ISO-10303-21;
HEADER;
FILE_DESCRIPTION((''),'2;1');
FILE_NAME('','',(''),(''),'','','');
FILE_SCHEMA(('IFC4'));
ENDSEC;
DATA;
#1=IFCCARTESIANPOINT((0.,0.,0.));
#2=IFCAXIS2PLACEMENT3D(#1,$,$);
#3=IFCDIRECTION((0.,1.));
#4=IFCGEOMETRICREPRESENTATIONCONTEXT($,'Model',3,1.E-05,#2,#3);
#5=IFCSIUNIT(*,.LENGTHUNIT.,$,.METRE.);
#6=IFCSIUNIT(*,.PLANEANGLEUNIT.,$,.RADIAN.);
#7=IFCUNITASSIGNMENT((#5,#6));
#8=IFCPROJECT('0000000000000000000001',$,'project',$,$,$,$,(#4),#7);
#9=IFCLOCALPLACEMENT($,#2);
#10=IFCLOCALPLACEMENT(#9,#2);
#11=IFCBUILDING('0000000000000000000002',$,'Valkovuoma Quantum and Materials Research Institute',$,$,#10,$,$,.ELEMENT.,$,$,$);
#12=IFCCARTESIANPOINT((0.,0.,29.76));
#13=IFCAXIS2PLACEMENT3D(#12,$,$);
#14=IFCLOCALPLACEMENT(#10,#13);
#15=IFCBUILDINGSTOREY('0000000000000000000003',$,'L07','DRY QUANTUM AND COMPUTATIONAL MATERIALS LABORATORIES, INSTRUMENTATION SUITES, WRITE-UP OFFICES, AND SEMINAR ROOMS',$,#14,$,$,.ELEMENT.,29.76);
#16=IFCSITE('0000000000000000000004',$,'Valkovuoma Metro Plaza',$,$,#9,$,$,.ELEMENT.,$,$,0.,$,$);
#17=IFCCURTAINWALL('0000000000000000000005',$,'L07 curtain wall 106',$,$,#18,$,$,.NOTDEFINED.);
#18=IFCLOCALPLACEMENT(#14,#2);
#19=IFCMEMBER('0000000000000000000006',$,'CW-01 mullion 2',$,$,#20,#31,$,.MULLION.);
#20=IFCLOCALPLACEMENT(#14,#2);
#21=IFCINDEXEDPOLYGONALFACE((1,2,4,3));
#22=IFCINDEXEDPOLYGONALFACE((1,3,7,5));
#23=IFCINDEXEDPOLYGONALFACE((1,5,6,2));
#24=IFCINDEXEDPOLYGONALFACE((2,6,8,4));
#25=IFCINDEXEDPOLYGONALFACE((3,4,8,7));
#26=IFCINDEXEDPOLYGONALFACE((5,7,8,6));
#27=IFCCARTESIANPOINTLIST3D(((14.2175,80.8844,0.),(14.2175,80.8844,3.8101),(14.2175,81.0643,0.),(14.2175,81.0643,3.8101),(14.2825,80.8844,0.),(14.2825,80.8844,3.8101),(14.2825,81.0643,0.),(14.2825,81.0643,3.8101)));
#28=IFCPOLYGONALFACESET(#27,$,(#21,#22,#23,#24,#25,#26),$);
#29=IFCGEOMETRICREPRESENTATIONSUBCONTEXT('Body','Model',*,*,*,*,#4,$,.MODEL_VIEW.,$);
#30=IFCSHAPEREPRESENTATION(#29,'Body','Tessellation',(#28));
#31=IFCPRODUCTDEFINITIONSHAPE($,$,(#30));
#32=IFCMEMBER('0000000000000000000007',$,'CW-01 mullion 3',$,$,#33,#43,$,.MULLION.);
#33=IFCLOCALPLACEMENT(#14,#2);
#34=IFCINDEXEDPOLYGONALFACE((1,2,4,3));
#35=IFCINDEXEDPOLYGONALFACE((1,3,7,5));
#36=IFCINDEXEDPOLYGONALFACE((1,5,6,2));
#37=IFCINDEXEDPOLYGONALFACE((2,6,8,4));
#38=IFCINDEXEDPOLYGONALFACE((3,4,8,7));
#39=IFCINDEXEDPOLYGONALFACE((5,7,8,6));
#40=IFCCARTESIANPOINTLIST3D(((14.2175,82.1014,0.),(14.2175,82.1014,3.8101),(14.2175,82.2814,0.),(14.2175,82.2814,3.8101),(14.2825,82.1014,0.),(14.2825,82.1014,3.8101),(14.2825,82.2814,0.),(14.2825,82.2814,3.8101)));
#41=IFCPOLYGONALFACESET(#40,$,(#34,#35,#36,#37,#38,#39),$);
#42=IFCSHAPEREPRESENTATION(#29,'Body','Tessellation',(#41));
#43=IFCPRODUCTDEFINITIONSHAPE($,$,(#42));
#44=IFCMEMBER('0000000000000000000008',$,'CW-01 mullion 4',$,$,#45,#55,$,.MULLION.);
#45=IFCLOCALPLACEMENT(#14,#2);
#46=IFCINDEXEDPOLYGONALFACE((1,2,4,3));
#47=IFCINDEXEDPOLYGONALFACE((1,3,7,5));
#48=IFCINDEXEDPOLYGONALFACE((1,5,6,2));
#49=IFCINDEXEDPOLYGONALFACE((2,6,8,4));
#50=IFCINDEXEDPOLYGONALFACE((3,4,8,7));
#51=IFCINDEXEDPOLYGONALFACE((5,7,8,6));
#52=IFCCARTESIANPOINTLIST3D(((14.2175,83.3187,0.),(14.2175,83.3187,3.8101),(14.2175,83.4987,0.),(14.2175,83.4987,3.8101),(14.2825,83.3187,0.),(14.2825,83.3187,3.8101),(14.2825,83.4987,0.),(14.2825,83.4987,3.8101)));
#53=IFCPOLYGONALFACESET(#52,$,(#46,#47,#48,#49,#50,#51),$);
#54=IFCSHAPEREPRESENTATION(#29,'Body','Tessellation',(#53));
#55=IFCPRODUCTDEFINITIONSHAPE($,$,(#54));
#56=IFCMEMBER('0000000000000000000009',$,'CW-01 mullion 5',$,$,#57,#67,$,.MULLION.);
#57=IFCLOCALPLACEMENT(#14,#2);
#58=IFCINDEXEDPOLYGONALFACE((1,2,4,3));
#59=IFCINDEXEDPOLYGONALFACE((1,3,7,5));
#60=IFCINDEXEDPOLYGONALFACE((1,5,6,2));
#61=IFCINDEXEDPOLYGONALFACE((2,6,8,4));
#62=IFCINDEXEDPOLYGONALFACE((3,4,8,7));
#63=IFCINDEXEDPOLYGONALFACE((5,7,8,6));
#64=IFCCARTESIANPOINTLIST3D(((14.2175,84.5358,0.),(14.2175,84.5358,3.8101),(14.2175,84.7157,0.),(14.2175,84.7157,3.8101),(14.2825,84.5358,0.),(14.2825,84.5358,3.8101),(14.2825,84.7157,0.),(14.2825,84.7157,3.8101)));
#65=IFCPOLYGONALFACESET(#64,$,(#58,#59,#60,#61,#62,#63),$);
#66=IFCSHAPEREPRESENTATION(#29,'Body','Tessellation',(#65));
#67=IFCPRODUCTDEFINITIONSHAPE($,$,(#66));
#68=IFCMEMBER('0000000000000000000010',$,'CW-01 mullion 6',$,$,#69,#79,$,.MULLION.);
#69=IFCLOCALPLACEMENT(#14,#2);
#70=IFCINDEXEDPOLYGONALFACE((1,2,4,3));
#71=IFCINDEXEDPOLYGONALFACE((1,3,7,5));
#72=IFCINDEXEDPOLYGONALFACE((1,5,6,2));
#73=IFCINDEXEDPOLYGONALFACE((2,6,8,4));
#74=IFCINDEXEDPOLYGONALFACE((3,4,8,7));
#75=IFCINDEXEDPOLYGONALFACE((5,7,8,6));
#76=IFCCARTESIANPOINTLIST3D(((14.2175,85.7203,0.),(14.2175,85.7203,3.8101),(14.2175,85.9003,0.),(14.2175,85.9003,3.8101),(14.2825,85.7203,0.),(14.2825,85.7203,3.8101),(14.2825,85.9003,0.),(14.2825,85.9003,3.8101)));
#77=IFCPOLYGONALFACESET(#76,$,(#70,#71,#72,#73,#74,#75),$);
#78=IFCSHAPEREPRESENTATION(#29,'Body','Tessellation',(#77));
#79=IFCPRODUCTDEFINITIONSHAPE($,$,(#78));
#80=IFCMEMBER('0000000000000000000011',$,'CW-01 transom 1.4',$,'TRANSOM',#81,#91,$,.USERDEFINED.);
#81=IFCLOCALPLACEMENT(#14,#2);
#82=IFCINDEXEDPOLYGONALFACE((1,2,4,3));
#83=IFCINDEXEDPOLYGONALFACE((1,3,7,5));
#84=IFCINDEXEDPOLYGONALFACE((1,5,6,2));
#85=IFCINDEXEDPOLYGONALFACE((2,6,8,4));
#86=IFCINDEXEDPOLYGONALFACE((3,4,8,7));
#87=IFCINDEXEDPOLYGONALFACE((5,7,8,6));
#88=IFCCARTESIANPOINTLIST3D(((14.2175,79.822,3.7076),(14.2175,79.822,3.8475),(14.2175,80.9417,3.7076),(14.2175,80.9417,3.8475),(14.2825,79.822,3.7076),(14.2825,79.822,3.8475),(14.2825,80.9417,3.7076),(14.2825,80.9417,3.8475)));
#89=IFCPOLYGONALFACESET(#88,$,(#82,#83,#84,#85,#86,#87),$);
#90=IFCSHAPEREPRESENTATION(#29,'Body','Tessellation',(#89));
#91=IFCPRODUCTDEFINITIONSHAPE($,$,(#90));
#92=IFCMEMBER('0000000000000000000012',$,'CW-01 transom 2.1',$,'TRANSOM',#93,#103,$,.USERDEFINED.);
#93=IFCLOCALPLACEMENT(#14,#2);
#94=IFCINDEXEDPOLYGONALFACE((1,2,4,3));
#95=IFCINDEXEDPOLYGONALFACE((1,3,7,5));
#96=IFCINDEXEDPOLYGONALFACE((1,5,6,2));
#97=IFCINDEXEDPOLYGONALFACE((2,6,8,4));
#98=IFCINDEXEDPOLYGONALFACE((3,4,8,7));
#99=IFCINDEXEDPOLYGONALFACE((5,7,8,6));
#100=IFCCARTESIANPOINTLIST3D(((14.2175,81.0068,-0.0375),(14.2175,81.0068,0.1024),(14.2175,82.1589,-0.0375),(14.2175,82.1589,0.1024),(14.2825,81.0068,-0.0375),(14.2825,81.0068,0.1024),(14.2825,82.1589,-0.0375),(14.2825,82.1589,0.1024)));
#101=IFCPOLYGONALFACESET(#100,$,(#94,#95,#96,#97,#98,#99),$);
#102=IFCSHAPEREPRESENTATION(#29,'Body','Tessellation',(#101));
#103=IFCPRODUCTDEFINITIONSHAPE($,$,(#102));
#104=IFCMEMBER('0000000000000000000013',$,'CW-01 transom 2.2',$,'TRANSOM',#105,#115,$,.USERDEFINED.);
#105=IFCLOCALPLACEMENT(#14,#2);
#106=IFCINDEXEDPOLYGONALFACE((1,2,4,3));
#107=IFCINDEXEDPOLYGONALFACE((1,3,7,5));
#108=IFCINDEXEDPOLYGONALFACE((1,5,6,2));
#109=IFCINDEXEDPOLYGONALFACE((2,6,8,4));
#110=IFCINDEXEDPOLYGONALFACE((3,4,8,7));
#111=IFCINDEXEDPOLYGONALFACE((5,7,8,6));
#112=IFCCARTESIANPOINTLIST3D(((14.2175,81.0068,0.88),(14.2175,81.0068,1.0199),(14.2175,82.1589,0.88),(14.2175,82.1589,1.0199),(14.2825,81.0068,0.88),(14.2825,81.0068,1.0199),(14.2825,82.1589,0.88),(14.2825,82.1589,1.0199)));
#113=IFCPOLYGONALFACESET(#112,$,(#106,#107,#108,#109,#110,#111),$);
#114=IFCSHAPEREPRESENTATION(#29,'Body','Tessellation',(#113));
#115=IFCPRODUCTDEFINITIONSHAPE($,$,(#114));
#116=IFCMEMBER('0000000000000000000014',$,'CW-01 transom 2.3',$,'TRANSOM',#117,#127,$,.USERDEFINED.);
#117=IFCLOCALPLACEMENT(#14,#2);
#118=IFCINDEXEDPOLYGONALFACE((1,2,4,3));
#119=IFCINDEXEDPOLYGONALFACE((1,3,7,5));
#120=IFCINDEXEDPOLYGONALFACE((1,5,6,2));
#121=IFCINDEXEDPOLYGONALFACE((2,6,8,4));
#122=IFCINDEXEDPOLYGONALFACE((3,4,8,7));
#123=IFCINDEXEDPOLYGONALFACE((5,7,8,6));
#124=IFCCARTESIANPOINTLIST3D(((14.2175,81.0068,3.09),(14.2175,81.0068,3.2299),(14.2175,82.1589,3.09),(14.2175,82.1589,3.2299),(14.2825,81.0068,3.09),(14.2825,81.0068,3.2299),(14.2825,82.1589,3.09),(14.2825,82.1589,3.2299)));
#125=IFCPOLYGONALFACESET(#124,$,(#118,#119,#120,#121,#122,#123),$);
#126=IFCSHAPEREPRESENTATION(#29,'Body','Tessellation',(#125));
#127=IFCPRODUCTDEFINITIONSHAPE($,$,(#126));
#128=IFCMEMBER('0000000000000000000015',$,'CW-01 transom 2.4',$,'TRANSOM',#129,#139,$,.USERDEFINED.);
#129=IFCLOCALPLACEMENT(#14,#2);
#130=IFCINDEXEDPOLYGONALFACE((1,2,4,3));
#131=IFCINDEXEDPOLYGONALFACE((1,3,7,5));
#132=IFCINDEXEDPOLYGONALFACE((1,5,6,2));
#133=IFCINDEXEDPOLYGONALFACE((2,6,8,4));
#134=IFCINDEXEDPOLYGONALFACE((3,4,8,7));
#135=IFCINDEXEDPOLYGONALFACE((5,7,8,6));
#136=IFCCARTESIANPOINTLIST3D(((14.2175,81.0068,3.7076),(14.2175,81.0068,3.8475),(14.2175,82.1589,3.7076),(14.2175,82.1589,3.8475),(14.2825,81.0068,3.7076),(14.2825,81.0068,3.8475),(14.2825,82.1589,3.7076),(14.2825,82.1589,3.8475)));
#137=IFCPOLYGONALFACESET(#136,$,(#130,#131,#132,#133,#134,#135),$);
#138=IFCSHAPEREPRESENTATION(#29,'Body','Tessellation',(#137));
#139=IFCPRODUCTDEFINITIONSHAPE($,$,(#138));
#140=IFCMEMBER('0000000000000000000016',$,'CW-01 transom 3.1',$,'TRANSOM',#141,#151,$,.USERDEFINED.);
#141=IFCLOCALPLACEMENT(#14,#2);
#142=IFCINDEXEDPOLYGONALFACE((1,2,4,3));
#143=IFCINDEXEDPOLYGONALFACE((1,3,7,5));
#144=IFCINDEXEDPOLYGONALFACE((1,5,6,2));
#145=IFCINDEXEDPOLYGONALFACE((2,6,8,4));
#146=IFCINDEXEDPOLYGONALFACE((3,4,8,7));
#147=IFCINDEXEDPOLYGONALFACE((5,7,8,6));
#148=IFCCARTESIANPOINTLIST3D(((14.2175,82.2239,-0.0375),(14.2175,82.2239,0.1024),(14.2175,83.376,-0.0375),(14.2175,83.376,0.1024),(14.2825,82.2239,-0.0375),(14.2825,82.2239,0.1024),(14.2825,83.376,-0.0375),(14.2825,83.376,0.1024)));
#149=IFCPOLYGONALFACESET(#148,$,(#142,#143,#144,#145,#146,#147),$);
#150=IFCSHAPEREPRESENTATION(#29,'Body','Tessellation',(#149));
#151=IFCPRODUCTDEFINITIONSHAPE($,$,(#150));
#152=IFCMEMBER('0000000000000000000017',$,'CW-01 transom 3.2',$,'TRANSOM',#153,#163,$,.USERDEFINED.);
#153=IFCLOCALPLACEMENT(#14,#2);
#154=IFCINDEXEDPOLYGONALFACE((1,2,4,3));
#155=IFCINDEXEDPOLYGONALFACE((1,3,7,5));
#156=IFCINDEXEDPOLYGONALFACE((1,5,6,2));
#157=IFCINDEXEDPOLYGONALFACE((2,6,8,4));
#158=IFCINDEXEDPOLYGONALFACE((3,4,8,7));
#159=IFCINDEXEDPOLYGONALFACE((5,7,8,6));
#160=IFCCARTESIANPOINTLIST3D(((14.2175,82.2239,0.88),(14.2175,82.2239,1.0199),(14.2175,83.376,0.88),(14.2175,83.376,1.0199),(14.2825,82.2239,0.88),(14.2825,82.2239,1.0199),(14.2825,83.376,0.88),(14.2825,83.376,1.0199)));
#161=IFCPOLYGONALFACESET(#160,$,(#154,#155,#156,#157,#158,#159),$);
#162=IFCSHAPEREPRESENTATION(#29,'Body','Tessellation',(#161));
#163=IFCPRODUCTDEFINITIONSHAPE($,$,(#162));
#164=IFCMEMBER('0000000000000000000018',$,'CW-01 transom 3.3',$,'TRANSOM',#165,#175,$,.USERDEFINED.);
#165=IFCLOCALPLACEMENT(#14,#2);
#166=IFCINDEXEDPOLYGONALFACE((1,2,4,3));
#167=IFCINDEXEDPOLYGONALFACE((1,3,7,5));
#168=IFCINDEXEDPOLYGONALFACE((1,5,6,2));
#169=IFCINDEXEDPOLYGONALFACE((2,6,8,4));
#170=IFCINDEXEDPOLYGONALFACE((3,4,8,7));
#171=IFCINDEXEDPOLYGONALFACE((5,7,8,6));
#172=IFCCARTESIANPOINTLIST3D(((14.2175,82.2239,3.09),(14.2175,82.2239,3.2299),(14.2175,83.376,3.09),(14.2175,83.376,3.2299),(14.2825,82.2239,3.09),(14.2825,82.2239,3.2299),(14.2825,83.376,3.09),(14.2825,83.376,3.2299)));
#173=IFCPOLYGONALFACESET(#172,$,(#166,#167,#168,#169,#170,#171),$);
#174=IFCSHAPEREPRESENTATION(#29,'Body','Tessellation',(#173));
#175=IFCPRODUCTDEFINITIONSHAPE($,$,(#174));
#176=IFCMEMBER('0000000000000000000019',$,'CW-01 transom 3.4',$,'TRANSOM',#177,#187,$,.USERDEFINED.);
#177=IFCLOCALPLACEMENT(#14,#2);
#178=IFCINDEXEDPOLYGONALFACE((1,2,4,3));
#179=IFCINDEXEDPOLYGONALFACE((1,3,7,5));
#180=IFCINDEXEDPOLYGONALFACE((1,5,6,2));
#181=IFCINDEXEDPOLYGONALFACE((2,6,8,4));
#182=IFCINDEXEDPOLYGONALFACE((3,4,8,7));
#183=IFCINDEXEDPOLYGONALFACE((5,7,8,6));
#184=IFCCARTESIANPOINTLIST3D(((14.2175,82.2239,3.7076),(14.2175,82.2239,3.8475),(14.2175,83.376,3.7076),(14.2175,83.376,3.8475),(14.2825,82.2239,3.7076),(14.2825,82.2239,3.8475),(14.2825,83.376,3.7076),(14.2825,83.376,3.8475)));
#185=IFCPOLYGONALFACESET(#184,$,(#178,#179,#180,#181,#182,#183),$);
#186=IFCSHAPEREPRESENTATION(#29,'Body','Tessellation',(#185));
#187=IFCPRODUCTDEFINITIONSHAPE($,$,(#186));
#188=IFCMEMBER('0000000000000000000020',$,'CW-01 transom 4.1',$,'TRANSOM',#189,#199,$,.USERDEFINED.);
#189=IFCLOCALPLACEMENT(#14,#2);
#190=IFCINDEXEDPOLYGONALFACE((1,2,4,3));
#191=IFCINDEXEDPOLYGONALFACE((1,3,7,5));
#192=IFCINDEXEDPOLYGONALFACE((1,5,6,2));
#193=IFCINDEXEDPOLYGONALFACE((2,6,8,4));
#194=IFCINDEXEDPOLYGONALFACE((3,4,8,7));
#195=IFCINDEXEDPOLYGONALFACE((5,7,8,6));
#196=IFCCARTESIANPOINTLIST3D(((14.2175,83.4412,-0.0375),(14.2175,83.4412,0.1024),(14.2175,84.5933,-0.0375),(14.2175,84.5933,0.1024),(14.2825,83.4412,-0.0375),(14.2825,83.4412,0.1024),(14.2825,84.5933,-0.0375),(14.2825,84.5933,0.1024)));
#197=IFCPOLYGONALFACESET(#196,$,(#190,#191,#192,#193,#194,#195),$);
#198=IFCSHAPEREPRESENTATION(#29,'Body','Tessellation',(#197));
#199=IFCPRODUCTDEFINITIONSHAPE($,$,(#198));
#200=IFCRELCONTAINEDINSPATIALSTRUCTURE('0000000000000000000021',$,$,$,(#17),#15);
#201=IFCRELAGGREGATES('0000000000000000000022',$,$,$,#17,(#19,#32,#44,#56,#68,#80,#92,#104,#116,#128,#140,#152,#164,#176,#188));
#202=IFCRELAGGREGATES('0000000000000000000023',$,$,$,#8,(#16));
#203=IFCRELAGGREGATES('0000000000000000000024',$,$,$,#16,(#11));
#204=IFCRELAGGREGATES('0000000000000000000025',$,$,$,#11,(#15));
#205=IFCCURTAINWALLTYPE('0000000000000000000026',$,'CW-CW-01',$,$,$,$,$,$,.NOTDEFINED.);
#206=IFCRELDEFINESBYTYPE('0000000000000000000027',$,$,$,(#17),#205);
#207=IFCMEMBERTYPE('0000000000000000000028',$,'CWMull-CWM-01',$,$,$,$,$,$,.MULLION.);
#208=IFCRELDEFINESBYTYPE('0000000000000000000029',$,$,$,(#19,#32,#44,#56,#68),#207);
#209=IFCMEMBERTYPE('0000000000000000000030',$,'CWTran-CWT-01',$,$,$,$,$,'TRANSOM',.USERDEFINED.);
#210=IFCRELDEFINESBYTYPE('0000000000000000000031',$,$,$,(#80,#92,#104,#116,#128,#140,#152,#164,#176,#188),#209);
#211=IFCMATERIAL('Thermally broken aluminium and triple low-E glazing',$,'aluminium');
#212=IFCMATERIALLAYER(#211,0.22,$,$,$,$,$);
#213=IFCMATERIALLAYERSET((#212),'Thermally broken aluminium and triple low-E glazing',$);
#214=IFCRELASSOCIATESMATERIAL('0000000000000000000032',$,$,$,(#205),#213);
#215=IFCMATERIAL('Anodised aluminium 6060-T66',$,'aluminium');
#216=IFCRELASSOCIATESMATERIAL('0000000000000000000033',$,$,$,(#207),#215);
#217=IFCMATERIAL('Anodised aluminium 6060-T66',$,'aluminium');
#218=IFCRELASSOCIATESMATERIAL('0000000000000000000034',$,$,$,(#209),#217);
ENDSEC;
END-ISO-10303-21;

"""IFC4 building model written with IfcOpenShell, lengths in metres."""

from ifc_helpers import new_model, si_unit, direction, frame, origin, origin_2d, place, context, subcontext, project, spatial, rectangle, extrude, material, layer, layer_set, material_profile, profile_set, type_object, element, aggregate, save


model = new_model("IFC4")

# Units and contexts
model_context = context("Model", 3, precision=1e-05, world=origin(), true_north=direction((0.0, 1.0)))
body_context = subcontext(model_context, "Body", "Model", "MODEL_VIEW")
ifc_project = project(units=[si_unit("LENGTHUNIT", "METRE"), si_unit("PLANEANGLEUNIT", "RADIAN")], contexts=[model_context])

# Site, building, storey
site_placement = place(None, origin())
site = spatial("IfcSite", under=ifc_project, at=site_placement, Name="Valkovuoma Metro Plaza", CompositionType="ELEMENT", RefElevation=0.0)
building_placement = place(site_placement, origin())
building = spatial("IfcBuilding", under=site, at=building_placement, Name="Valkovuoma Quantum and Materials Research Institute", CompositionType="ELEMENT")
storey_placement = place(building_placement, frame((0.0, 0.0, 29.76)))
storey = spatial("IfcBuildingStorey", under=building, at=storey_placement, Name="L07", Description="DRY QUANTUM AND COMPUTATIONAL MATERIALS LABORATORIES, INSTRUMENTATION SUITES, WRITE-UP OFFICES, AND SEMINAR ROOMS", CompositionType="ELEMENT", Elevation=29.76)

# Curtain wall, members
ifc_material_1 = material(Name="Thermally broken aluminium and triple low-E glazing", Category="aluminium")
ifc_layer_1 = layer(ifc_material_1, 0.22)
ifc_layer_set_1 = layer_set([ifc_layer_1], Name="Thermally broken aluminium and triple low-E glazing")
curtain_wall_type = type_object("IfcCurtainWallType", Name="CW-CW-01", PredefinedType="NOTDEFINED", material=ifc_layer_set_1)
curtain_wall_placement = place(storey_placement, origin())
curtain_wall = element("IfcCurtainWall", 1, at=curtain_wall_placement, inside=storey, type_object=curtain_wall_type, Name="L07 curtain wall 106", PredefinedType="NOTDEFINED")
ifc_material_2 = material(Name="Anodised aluminium 6060-T66", Category="aluminium")
ifc_material_profile_1 = material_profile(ifc_material_2, rectangle(XDim=0.0649, YDim=0.1799, at=origin_2d()), Name="Anodised aluminium 6060-T66")
ifc_profile_set_1 = profile_set([ifc_material_profile_1], Name="Anodised aluminium 6060-T66")
member_type_1 = type_object("IfcMemberType", Name="CWMull-CWM-01", PredefinedType="MULLION", material=ifc_profile_set_1)
member_1_placement = place(storey_placement, frame((14.25, 80.9744, 0.0), z_axis=(0.0, 0.0, 1.0), x_axis=(-1.0, 0.0, 0.0)))
member_1 = element("IfcMember", 2, at=member_1_placement, type_object=member_type_1, Name="CW-01 mullion 2", PredefinedType="MULLION", context=body_context, shape_type="SweptSolid", body=[
    extrude(rectangle(XDim=0.0649, YDim=0.1799, at=origin_2d()), origin(), (0.0, 0.0, 1.0), 3.8101),
])
member_2_placement = place(storey_placement, frame((14.25, 82.1914, 0.0), z_axis=(0.0, 0.0, 1.0), x_axis=(-1.0, 0.0, 0.0)))
member_2 = element("IfcMember", 3, at=member_2_placement, type_object=member_type_1, Name="CW-01 mullion 3", PredefinedType="MULLION", context=body_context, shape_type="SweptSolid", body=[
    extrude(rectangle(XDim=0.0649, YDim=0.1799, at=origin_2d()), origin(), (0.0, 0.0, 1.0), 3.8101),
])
member_3_placement = place(storey_placement, frame((14.25, 83.4087, 0.0), z_axis=(0.0, 0.0, 1.0), x_axis=(-1.0, 0.0, 0.0)))
member_3 = element("IfcMember", 4, at=member_3_placement, type_object=member_type_1, Name="CW-01 mullion 4", PredefinedType="MULLION", context=body_context, shape_type="SweptSolid", body=[
    extrude(rectangle(XDim=0.0649, YDim=0.1799, at=origin_2d()), origin(), (0.0, 0.0, 1.0), 3.8101),
])
member_4_placement = place(storey_placement, frame((14.25, 84.6257, 0.0), z_axis=(0.0, 0.0, 1.0), x_axis=(-1.0, 0.0, 0.0)))
member_4 = element("IfcMember", 5, at=member_4_placement, type_object=member_type_1, Name="CW-01 mullion 5", PredefinedType="MULLION", context=body_context, shape_type="SweptSolid", body=[
    extrude(rectangle(XDim=0.0649, YDim=0.1799, at=origin_2d()), origin(), (0.0, 0.0, 1.0), 3.8101),
])
member_5_placement = place(storey_placement, frame((14.25, 85.8103, 0.0), z_axis=(0.0, 0.0, 1.0), x_axis=(-1.0, 0.0, 0.0)))
member_5 = element("IfcMember", 6, at=member_5_placement, type_object=member_type_1, Name="CW-01 mullion 6", PredefinedType="MULLION", context=body_context, shape_type="SweptSolid", body=[
    extrude(rectangle(XDim=0.0649, YDim=0.1799, at=origin_2d()), origin(), (0.0, 0.0, 1.0), 3.8101),
])
ifc_material_3 = material(Name="Anodised aluminium 6060-T66", Category="aluminium")
ifc_material_profile_2 = material_profile(ifc_material_3, rectangle(XDim=0.0649, YDim=0.1399, at=origin_2d()), Name="Anodised aluminium 6060-T66")
ifc_profile_set_2 = profile_set([ifc_material_profile_2], Name="Anodised aluminium 6060-T66")
member_type_2 = type_object("IfcMemberType", Name="CWTran-CWT-01", ElementType="TRANSOM", PredefinedType="USERDEFINED", material=ifc_profile_set_2)
member_6_placement = place(storey_placement, frame((14.25, 79.822, 3.7776), z_axis=(0.0, 1.0, 0.0), x_axis=(-1.0, 0.0, 0.0)))
member_6 = element("IfcMember", 7, at=member_6_placement, type_object=member_type_2, Name="CW-01 transom 1.4", ObjectType="TRANSOM", PredefinedType="USERDEFINED", context=body_context, shape_type="SweptSolid", body=[
    extrude(rectangle(XDim=0.0649, YDim=0.1399, at=origin_2d()), origin(), (0.0, 0.0, 1.0), 1.1196),
])
member_7_placement = place(storey_placement, frame((14.25, 81.0068, 0.0325), z_axis=(0.0, 1.0, 0.0), x_axis=(-1.0, 0.0, 0.0)))
member_7 = element("IfcMember", 8, at=member_7_placement, type_object=member_type_2, Name="CW-01 transom 2.1", ObjectType="TRANSOM", PredefinedType="USERDEFINED", context=body_context, shape_type="SweptSolid", body=[
    extrude(rectangle(XDim=0.0649, YDim=0.1399, at=origin_2d()), origin(), (0.0, 0.0, 1.0), 1.1521),
])
member_8_placement = place(storey_placement, frame((14.25, 81.0068, 0.95), z_axis=(0.0, 1.0, 0.0), x_axis=(-1.0, 0.0, 0.0)))
member_8 = element("IfcMember", 9, at=member_8_placement, type_object=member_type_2, Name="CW-01 transom 2.2", ObjectType="TRANSOM", PredefinedType="USERDEFINED", context=body_context, shape_type="SweptSolid", body=[
    extrude(rectangle(XDim=0.0649, YDim=0.1399, at=origin_2d()), origin(), (0.0, 0.0, 1.0), 1.1521),
])
member_9_placement = place(storey_placement, frame((14.25, 81.0068, 3.1599), z_axis=(0.0, 1.0, 0.0), x_axis=(-1.0, 0.0, 0.0)))
member_9 = element("IfcMember", 10, at=member_9_placement, type_object=member_type_2, Name="CW-01 transom 2.3", ObjectType="TRANSOM", PredefinedType="USERDEFINED", context=body_context, shape_type="SweptSolid", body=[
    extrude(rectangle(XDim=0.0649, YDim=0.1399, at=origin_2d()), origin(), (0.0, 0.0, 1.0), 1.1521),
])
member_10_placement = place(storey_placement, frame((14.25, 81.0068, 3.7776), z_axis=(0.0, 1.0, 0.0), x_axis=(-1.0, 0.0, 0.0)))
member_10 = element("IfcMember", 11, at=member_10_placement, type_object=member_type_2, Name="CW-01 transom 2.4", ObjectType="TRANSOM", PredefinedType="USERDEFINED", context=body_context, shape_type="SweptSolid", body=[
    extrude(rectangle(XDim=0.0649, YDim=0.1399, at=origin_2d()), origin(), (0.0, 0.0, 1.0), 1.1521),
])
member_11_placement = place(storey_placement, frame((14.25, 82.2239, 0.0325), z_axis=(0.0, 1.0, 0.0), x_axis=(-1.0, 0.0, 0.0)))
member_11 = element("IfcMember", 12, at=member_11_placement, type_object=member_type_2, Name="CW-01 transom 3.1", ObjectType="TRANSOM", PredefinedType="USERDEFINED", context=body_context, shape_type="SweptSolid", body=[
    extrude(rectangle(XDim=0.0649, YDim=0.1399, at=origin_2d()), origin(), (0.0, 0.0, 1.0), 1.1521),
])
member_12_placement = place(storey_placement, frame((14.25, 82.2239, 0.95), z_axis=(0.0, 1.0, 0.0), x_axis=(-1.0, 0.0, 0.0)))
member_12 = element("IfcMember", 13, at=member_12_placement, type_object=member_type_2, Name="CW-01 transom 3.2", ObjectType="TRANSOM", PredefinedType="USERDEFINED", context=body_context, shape_type="SweptSolid", body=[
    extrude(rectangle(XDim=0.0649, YDim=0.1399, at=origin_2d()), origin(), (0.0, 0.0, 1.0), 1.1521),
])
member_13_placement = place(storey_placement, frame((14.25, 82.2239, 3.1599), z_axis=(0.0, 1.0, 0.0), x_axis=(-1.0, 0.0, 0.0)))
member_13 = element("IfcMember", 14, at=member_13_placement, type_object=member_type_2, Name="CW-01 transom 3.3", ObjectType="TRANSOM", PredefinedType="USERDEFINED", context=body_context, shape_type="SweptSolid", body=[
    extrude(rectangle(XDim=0.0649, YDim=0.1399, at=origin_2d()), origin(), (0.0, 0.0, 1.0), 1.1521),
])
member_14_placement = place(storey_placement, frame((14.25, 82.2239, 3.7776), z_axis=(0.0, 1.0, 0.0), x_axis=(-1.0, 0.0, 0.0)))
member_14 = element("IfcMember", 15, at=member_14_placement, type_object=member_type_2, Name="CW-01 transom 3.4", ObjectType="TRANSOM", PredefinedType="USERDEFINED", context=body_context, shape_type="SweptSolid", body=[
    extrude(rectangle(XDim=0.0649, YDim=0.1399, at=origin_2d()), origin(), (0.0, 0.0, 1.0), 1.1521),
])
member_15_placement = place(storey_placement, frame((14.25, 83.4412, 0.0325), z_axis=(0.0, 1.0, 0.0), x_axis=(-1.0, 0.0, 0.0)))
member_15 = element("IfcMember", 16, at=member_15_placement, type_object=member_type_2, Name="CW-01 transom 4.1", ObjectType="TRANSOM", PredefinedType="USERDEFINED", context=body_context, shape_type="SweptSolid", body=[
    extrude(rectangle(XDim=0.0649, YDim=0.1399, at=origin_2d()), origin(), (0.0, 0.0, 1.0), 1.1521),
])
aggregate(curtain_wall, [member_1, member_2, member_3, member_4, member_5, member_6, member_7, member_8, member_9, member_10, member_11, member_12, member_13, member_14, member_15])

save(model, "model.ifc")
